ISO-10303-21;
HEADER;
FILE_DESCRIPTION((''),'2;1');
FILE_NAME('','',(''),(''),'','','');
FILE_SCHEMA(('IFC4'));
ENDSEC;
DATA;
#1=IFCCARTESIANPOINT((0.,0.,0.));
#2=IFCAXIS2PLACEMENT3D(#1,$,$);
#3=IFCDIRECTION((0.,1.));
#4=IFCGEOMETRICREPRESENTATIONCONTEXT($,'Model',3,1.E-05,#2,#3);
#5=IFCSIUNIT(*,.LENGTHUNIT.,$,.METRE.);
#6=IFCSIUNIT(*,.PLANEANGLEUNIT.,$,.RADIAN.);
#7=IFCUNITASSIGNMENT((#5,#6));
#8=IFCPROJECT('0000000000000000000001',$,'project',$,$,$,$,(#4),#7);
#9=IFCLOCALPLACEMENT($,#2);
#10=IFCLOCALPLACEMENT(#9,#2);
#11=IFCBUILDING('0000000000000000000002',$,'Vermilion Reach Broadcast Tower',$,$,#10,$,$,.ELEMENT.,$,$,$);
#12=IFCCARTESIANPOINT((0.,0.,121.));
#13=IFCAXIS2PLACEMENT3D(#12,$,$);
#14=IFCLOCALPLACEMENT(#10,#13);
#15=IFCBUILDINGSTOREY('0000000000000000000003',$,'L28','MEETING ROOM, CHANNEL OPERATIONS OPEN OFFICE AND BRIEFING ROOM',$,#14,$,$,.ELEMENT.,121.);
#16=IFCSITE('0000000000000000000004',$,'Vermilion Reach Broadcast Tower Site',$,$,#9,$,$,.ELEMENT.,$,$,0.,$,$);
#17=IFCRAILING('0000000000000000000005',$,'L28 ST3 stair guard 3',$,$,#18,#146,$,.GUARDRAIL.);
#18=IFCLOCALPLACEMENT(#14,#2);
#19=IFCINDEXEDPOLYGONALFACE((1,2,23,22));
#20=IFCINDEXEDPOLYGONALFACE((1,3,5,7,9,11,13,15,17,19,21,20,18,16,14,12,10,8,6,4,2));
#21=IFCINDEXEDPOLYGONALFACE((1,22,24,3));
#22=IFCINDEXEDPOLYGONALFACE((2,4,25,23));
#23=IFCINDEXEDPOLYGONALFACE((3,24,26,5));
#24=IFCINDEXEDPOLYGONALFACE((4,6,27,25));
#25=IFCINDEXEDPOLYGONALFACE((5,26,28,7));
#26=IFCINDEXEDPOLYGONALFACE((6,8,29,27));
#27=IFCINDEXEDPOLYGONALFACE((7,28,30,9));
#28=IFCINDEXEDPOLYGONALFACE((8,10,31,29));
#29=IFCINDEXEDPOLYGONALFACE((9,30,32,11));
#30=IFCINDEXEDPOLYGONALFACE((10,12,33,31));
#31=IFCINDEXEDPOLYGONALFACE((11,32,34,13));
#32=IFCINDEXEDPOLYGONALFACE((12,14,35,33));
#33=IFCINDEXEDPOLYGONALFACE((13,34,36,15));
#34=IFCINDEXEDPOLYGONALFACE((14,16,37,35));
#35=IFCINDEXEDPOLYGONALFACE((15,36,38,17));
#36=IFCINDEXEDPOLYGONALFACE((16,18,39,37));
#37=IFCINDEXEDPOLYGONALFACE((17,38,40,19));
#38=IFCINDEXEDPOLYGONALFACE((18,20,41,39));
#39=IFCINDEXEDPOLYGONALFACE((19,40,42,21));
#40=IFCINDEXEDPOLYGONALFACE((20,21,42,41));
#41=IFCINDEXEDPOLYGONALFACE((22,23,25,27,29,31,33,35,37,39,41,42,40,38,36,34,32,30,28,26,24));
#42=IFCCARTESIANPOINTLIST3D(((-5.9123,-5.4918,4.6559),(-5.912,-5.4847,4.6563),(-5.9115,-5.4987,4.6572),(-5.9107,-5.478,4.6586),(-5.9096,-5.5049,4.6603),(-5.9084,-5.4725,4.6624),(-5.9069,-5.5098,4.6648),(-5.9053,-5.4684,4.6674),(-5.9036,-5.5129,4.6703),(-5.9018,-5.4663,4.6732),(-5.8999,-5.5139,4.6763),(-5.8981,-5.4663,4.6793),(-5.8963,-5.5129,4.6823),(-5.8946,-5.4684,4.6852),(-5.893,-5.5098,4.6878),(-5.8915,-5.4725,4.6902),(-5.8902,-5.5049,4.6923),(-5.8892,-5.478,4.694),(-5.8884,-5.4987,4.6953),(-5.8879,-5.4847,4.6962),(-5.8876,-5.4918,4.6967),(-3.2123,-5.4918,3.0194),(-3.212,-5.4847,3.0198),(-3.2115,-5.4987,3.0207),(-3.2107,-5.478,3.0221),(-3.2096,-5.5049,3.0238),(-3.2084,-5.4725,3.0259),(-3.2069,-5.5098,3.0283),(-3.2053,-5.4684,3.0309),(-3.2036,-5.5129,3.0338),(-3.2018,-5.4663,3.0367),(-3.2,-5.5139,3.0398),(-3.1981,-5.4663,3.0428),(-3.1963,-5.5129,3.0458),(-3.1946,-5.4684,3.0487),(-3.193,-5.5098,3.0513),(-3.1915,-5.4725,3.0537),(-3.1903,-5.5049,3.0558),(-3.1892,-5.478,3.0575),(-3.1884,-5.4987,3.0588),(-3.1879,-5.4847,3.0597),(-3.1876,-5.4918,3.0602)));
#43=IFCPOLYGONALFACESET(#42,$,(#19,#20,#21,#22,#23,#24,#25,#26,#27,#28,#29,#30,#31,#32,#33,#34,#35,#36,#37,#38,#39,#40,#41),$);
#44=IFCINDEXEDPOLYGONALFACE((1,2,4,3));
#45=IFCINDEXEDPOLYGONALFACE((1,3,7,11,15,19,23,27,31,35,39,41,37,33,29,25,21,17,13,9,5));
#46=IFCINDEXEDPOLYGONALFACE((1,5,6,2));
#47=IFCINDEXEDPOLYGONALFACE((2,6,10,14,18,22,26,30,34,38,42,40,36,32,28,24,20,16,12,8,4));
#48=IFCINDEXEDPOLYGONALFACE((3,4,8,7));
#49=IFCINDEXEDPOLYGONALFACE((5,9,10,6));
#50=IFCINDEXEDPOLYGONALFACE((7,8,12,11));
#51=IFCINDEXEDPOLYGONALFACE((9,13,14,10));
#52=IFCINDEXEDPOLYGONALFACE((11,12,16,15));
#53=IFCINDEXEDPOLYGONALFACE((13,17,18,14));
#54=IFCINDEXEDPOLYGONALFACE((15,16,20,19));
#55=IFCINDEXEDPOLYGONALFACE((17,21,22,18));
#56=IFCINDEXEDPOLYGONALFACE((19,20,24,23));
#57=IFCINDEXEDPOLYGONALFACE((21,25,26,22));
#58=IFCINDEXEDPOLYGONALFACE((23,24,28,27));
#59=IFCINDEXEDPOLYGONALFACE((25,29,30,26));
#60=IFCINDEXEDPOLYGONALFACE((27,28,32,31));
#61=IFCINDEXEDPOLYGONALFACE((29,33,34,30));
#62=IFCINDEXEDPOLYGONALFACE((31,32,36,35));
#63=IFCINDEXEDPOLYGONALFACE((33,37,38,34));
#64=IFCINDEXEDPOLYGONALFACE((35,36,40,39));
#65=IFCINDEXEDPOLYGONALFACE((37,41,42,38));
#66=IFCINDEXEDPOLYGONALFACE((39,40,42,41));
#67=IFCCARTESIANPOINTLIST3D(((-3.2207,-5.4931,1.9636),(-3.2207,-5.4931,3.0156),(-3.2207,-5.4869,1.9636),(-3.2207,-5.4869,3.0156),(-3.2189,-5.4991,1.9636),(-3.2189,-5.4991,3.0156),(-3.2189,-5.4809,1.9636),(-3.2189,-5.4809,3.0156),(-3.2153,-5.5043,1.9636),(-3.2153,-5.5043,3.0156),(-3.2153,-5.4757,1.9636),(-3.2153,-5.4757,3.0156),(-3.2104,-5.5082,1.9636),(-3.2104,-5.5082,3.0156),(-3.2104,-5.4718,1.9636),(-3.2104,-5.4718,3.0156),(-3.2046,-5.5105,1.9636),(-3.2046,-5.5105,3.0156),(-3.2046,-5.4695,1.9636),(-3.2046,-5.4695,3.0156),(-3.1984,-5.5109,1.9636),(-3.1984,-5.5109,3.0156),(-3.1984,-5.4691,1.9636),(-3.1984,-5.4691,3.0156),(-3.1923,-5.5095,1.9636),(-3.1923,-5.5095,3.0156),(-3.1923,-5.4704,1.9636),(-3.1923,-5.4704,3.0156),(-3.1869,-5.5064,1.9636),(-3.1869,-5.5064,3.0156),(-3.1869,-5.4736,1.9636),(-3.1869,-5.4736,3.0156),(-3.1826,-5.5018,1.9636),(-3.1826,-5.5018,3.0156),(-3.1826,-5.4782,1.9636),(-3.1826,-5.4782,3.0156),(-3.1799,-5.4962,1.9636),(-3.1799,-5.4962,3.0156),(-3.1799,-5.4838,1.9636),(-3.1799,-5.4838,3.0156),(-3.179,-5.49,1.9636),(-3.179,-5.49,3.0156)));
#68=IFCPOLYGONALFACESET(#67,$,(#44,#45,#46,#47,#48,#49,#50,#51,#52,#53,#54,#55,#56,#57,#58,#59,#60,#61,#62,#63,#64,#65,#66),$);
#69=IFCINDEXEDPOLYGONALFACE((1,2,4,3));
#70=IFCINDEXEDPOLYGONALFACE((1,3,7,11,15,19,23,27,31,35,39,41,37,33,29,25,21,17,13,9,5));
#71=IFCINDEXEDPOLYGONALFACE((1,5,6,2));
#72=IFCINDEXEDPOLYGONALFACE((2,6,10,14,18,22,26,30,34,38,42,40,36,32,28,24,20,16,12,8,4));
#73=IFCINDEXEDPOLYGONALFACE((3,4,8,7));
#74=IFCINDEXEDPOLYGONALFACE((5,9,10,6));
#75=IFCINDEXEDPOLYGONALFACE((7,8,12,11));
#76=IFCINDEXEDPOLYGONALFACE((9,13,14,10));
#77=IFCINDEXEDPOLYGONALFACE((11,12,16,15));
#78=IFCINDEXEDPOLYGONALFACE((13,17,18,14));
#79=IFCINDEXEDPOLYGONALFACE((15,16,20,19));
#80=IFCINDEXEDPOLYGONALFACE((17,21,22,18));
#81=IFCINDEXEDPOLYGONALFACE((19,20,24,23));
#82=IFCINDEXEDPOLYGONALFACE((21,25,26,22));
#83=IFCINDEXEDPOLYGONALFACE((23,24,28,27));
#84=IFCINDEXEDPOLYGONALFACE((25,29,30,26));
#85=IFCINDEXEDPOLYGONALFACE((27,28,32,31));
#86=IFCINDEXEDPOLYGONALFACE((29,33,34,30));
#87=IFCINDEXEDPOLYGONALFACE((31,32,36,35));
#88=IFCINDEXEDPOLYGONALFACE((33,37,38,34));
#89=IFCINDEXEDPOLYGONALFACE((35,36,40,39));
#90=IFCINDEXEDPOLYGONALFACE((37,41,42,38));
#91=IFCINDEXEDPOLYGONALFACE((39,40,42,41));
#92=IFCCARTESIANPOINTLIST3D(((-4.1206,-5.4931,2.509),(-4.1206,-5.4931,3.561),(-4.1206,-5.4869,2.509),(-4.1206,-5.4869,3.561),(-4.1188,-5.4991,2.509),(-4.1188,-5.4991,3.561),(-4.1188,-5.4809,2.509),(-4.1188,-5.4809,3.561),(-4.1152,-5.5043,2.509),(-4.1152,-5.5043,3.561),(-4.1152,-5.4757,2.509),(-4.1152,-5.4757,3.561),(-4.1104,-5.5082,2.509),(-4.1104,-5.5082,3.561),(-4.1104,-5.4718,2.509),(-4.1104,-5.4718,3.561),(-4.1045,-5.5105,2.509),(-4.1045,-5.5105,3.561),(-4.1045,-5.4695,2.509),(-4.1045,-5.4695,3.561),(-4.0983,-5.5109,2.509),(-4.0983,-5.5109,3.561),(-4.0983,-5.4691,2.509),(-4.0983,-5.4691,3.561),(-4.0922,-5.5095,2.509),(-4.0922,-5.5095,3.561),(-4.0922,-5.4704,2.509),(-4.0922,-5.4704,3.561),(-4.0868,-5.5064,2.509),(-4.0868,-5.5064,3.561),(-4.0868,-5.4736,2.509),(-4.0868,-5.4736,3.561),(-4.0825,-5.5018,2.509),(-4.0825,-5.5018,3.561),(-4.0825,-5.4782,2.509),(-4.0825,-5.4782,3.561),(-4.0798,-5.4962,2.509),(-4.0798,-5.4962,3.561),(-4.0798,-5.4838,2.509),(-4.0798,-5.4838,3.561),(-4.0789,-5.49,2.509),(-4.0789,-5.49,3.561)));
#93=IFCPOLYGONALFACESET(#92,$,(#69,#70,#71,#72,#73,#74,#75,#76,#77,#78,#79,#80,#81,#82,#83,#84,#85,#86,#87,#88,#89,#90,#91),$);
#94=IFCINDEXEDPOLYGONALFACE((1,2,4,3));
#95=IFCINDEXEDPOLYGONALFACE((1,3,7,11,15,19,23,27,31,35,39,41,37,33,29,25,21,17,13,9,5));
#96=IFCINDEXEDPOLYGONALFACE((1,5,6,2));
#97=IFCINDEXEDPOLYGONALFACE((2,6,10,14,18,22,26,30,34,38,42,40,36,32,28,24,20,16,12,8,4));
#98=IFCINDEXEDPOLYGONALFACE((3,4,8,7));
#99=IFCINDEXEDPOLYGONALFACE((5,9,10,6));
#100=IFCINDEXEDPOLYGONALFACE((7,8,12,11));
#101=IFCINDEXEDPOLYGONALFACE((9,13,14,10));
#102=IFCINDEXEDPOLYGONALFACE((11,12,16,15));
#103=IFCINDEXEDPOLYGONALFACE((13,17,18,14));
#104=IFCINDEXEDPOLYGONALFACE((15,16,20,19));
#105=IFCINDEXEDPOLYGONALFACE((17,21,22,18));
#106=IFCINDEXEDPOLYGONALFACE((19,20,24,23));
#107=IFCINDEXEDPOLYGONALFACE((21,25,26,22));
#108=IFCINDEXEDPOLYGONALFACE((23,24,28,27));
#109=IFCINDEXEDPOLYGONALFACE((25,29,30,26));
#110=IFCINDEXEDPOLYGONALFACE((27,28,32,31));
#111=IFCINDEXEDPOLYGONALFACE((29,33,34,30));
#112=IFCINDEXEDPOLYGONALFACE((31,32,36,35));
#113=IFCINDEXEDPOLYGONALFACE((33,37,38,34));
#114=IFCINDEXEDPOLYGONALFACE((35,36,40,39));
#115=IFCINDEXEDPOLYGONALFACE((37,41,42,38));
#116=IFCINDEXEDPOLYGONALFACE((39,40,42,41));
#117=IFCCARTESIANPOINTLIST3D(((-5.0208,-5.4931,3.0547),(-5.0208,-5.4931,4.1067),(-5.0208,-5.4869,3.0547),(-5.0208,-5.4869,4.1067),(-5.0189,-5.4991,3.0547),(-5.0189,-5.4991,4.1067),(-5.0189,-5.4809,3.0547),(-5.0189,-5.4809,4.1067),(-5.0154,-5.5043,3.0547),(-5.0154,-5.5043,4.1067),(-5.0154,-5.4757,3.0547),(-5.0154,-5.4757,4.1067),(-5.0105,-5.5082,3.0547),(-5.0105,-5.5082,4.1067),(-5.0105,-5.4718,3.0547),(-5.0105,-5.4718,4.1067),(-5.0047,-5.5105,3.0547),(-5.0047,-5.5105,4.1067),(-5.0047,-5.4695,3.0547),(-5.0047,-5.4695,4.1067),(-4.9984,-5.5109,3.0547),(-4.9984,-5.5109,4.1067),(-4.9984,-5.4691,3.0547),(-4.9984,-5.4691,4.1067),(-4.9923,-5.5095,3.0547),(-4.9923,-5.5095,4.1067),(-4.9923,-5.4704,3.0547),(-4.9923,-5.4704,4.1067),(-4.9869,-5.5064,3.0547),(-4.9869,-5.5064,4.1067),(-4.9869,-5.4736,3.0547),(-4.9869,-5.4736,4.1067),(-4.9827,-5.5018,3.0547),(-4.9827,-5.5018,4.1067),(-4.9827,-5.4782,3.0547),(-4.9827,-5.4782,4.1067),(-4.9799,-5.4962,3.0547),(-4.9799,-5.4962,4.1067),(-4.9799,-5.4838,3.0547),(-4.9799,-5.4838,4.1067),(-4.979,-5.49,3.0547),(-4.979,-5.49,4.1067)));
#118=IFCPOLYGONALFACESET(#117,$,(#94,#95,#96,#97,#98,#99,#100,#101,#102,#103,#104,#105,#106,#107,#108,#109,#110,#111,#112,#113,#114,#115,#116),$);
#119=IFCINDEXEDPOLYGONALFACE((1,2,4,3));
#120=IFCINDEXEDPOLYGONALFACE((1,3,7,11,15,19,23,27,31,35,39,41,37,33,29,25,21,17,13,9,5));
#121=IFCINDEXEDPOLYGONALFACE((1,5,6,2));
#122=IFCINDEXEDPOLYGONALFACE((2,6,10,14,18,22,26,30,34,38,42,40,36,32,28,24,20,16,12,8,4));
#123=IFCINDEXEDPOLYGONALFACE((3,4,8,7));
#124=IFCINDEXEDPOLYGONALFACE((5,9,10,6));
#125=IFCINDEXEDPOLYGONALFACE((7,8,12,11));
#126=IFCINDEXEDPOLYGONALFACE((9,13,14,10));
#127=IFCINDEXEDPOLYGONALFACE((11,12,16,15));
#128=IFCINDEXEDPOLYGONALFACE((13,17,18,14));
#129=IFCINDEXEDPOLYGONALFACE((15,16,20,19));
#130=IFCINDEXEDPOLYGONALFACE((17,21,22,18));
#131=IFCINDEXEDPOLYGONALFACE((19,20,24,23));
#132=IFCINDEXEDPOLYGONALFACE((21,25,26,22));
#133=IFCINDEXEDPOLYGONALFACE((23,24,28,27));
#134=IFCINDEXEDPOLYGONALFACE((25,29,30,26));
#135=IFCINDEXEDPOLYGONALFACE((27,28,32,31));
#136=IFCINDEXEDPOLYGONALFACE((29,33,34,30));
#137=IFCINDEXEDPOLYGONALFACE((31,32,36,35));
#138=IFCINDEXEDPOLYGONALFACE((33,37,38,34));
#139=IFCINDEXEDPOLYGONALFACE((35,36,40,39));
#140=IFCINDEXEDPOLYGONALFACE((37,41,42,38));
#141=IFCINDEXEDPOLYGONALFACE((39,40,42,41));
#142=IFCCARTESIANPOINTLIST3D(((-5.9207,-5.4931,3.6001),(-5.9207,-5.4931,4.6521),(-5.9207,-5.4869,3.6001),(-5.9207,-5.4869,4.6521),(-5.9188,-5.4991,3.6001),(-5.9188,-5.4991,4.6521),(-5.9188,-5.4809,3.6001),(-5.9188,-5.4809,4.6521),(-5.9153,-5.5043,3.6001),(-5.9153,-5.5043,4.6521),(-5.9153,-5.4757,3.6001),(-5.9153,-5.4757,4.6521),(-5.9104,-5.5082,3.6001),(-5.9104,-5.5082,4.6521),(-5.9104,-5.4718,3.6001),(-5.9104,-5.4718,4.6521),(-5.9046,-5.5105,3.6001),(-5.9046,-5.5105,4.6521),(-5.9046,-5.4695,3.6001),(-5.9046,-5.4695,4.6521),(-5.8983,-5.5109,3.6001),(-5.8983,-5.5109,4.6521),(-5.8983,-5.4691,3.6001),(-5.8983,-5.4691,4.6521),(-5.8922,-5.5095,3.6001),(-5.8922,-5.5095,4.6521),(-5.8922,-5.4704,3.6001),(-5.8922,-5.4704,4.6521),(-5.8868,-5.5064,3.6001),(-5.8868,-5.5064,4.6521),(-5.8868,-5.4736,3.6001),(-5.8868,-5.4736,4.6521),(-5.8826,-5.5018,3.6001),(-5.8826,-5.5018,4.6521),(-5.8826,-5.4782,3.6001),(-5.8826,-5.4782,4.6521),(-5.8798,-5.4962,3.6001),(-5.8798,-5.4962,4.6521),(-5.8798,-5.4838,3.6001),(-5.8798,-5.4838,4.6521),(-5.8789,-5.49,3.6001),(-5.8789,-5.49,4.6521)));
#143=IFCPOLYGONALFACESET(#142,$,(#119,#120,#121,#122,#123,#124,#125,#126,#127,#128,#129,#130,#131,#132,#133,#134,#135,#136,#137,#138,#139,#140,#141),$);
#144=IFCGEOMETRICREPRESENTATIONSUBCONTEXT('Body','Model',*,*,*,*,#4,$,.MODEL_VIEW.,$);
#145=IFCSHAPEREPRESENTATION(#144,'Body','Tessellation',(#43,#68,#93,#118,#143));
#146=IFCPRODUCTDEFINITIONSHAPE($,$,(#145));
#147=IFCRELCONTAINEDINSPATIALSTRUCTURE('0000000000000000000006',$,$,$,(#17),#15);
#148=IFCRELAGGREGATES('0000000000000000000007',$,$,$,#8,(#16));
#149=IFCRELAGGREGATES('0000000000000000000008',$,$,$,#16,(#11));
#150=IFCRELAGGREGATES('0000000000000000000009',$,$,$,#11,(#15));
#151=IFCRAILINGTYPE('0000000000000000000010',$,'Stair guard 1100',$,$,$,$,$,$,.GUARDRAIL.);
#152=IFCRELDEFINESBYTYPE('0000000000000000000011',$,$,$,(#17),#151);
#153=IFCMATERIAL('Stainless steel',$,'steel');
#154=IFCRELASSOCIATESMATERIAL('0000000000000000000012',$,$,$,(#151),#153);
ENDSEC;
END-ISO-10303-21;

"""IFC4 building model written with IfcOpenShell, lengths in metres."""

from ifc_helpers import new_model, si_unit, direction, frame, origin, origin_2d, place, context, subcontext, project, spatial, circle, extrude, material, type_object, element, save


model = new_model("IFC4")

# Units and contexts
model_context = context("Model", 3, precision=1e-05, world=origin(), true_north=direction((0.0, 1.0)))
body_context = subcontext(model_context, "Body", "Model", "MODEL_VIEW")
ifc_project = project(units=[si_unit("LENGTHUNIT", "METRE"), si_unit("PLANEANGLEUNIT", "RADIAN")], contexts=[model_context])

# Site, building, storey
site_placement = place(None, origin())
site = spatial("IfcSite", under=ifc_project, at=site_placement, Name="Vermilion Reach Broadcast Tower Site", CompositionType="ELEMENT", RefElevation=0.0)
building_placement = place(site_placement, origin())
building = spatial("IfcBuilding", under=site, at=building_placement, Name="Vermilion Reach Broadcast Tower", CompositionType="ELEMENT")
storey_placement = place(building_placement, frame((0.0, 0.0, 121.0)))
storey = spatial("IfcBuildingStorey", under=building, at=storey_placement, Name="L28", Description="MEETING ROOM, CHANNEL OPERATIONS OPEN OFFICE AND BRIEFING ROOM", CompositionType="ELEMENT", Elevation=121.0)

# Railing
ifc_material_1 = material(Name="Stainless steel", Category="steel")
railing_type_1 = type_object("IfcRailingType", Name="Stair guard 1100", PredefinedType="GUARDRAIL", material=ifc_material_1)
railing_1_placement = place(storey_placement, frame((-3.2, -5.49, 1.9636)))
element("IfcRailing", 1, at=railing_1_placement, inside=storey, type_object=railing_type_1, Name="L28 ST3 stair guard 3", PredefinedType="GUARDRAIL", context=body_context, shape_type="SweptSolid", body=[
    extrude(circle(Radius=0.0239, at=origin_2d()), frame((0.0, 0.0, 1.0762), z_axis=(-0.855178, 0.0, 0.518334), x_axis=(0.0, -1.0, 0.0)), (0.0, 0.0, 1.0), 3.1572),
    extrude(circle(Radius=0.021, at=origin_2d()), origin(), (0.0, 0.0, 1.0), 1.052),
    extrude(circle(Radius=0.021, at=origin_2d()), frame((-0.8999, 0.0, 0.5454)), (0.0, 0.0, 1.0), 1.052),
    extrude(circle(Radius=0.021, at=origin_2d()), frame((-1.8, 0.0, 1.0911)), (0.0, 0.0, 1.0), 1.052),
    extrude(circle(Radius=0.021, at=origin_2d()), frame((-2.7, 0.0, 1.6365)), (0.0, 0.0, 1.0), 1.052),
])

save(model, "model.ifc")
